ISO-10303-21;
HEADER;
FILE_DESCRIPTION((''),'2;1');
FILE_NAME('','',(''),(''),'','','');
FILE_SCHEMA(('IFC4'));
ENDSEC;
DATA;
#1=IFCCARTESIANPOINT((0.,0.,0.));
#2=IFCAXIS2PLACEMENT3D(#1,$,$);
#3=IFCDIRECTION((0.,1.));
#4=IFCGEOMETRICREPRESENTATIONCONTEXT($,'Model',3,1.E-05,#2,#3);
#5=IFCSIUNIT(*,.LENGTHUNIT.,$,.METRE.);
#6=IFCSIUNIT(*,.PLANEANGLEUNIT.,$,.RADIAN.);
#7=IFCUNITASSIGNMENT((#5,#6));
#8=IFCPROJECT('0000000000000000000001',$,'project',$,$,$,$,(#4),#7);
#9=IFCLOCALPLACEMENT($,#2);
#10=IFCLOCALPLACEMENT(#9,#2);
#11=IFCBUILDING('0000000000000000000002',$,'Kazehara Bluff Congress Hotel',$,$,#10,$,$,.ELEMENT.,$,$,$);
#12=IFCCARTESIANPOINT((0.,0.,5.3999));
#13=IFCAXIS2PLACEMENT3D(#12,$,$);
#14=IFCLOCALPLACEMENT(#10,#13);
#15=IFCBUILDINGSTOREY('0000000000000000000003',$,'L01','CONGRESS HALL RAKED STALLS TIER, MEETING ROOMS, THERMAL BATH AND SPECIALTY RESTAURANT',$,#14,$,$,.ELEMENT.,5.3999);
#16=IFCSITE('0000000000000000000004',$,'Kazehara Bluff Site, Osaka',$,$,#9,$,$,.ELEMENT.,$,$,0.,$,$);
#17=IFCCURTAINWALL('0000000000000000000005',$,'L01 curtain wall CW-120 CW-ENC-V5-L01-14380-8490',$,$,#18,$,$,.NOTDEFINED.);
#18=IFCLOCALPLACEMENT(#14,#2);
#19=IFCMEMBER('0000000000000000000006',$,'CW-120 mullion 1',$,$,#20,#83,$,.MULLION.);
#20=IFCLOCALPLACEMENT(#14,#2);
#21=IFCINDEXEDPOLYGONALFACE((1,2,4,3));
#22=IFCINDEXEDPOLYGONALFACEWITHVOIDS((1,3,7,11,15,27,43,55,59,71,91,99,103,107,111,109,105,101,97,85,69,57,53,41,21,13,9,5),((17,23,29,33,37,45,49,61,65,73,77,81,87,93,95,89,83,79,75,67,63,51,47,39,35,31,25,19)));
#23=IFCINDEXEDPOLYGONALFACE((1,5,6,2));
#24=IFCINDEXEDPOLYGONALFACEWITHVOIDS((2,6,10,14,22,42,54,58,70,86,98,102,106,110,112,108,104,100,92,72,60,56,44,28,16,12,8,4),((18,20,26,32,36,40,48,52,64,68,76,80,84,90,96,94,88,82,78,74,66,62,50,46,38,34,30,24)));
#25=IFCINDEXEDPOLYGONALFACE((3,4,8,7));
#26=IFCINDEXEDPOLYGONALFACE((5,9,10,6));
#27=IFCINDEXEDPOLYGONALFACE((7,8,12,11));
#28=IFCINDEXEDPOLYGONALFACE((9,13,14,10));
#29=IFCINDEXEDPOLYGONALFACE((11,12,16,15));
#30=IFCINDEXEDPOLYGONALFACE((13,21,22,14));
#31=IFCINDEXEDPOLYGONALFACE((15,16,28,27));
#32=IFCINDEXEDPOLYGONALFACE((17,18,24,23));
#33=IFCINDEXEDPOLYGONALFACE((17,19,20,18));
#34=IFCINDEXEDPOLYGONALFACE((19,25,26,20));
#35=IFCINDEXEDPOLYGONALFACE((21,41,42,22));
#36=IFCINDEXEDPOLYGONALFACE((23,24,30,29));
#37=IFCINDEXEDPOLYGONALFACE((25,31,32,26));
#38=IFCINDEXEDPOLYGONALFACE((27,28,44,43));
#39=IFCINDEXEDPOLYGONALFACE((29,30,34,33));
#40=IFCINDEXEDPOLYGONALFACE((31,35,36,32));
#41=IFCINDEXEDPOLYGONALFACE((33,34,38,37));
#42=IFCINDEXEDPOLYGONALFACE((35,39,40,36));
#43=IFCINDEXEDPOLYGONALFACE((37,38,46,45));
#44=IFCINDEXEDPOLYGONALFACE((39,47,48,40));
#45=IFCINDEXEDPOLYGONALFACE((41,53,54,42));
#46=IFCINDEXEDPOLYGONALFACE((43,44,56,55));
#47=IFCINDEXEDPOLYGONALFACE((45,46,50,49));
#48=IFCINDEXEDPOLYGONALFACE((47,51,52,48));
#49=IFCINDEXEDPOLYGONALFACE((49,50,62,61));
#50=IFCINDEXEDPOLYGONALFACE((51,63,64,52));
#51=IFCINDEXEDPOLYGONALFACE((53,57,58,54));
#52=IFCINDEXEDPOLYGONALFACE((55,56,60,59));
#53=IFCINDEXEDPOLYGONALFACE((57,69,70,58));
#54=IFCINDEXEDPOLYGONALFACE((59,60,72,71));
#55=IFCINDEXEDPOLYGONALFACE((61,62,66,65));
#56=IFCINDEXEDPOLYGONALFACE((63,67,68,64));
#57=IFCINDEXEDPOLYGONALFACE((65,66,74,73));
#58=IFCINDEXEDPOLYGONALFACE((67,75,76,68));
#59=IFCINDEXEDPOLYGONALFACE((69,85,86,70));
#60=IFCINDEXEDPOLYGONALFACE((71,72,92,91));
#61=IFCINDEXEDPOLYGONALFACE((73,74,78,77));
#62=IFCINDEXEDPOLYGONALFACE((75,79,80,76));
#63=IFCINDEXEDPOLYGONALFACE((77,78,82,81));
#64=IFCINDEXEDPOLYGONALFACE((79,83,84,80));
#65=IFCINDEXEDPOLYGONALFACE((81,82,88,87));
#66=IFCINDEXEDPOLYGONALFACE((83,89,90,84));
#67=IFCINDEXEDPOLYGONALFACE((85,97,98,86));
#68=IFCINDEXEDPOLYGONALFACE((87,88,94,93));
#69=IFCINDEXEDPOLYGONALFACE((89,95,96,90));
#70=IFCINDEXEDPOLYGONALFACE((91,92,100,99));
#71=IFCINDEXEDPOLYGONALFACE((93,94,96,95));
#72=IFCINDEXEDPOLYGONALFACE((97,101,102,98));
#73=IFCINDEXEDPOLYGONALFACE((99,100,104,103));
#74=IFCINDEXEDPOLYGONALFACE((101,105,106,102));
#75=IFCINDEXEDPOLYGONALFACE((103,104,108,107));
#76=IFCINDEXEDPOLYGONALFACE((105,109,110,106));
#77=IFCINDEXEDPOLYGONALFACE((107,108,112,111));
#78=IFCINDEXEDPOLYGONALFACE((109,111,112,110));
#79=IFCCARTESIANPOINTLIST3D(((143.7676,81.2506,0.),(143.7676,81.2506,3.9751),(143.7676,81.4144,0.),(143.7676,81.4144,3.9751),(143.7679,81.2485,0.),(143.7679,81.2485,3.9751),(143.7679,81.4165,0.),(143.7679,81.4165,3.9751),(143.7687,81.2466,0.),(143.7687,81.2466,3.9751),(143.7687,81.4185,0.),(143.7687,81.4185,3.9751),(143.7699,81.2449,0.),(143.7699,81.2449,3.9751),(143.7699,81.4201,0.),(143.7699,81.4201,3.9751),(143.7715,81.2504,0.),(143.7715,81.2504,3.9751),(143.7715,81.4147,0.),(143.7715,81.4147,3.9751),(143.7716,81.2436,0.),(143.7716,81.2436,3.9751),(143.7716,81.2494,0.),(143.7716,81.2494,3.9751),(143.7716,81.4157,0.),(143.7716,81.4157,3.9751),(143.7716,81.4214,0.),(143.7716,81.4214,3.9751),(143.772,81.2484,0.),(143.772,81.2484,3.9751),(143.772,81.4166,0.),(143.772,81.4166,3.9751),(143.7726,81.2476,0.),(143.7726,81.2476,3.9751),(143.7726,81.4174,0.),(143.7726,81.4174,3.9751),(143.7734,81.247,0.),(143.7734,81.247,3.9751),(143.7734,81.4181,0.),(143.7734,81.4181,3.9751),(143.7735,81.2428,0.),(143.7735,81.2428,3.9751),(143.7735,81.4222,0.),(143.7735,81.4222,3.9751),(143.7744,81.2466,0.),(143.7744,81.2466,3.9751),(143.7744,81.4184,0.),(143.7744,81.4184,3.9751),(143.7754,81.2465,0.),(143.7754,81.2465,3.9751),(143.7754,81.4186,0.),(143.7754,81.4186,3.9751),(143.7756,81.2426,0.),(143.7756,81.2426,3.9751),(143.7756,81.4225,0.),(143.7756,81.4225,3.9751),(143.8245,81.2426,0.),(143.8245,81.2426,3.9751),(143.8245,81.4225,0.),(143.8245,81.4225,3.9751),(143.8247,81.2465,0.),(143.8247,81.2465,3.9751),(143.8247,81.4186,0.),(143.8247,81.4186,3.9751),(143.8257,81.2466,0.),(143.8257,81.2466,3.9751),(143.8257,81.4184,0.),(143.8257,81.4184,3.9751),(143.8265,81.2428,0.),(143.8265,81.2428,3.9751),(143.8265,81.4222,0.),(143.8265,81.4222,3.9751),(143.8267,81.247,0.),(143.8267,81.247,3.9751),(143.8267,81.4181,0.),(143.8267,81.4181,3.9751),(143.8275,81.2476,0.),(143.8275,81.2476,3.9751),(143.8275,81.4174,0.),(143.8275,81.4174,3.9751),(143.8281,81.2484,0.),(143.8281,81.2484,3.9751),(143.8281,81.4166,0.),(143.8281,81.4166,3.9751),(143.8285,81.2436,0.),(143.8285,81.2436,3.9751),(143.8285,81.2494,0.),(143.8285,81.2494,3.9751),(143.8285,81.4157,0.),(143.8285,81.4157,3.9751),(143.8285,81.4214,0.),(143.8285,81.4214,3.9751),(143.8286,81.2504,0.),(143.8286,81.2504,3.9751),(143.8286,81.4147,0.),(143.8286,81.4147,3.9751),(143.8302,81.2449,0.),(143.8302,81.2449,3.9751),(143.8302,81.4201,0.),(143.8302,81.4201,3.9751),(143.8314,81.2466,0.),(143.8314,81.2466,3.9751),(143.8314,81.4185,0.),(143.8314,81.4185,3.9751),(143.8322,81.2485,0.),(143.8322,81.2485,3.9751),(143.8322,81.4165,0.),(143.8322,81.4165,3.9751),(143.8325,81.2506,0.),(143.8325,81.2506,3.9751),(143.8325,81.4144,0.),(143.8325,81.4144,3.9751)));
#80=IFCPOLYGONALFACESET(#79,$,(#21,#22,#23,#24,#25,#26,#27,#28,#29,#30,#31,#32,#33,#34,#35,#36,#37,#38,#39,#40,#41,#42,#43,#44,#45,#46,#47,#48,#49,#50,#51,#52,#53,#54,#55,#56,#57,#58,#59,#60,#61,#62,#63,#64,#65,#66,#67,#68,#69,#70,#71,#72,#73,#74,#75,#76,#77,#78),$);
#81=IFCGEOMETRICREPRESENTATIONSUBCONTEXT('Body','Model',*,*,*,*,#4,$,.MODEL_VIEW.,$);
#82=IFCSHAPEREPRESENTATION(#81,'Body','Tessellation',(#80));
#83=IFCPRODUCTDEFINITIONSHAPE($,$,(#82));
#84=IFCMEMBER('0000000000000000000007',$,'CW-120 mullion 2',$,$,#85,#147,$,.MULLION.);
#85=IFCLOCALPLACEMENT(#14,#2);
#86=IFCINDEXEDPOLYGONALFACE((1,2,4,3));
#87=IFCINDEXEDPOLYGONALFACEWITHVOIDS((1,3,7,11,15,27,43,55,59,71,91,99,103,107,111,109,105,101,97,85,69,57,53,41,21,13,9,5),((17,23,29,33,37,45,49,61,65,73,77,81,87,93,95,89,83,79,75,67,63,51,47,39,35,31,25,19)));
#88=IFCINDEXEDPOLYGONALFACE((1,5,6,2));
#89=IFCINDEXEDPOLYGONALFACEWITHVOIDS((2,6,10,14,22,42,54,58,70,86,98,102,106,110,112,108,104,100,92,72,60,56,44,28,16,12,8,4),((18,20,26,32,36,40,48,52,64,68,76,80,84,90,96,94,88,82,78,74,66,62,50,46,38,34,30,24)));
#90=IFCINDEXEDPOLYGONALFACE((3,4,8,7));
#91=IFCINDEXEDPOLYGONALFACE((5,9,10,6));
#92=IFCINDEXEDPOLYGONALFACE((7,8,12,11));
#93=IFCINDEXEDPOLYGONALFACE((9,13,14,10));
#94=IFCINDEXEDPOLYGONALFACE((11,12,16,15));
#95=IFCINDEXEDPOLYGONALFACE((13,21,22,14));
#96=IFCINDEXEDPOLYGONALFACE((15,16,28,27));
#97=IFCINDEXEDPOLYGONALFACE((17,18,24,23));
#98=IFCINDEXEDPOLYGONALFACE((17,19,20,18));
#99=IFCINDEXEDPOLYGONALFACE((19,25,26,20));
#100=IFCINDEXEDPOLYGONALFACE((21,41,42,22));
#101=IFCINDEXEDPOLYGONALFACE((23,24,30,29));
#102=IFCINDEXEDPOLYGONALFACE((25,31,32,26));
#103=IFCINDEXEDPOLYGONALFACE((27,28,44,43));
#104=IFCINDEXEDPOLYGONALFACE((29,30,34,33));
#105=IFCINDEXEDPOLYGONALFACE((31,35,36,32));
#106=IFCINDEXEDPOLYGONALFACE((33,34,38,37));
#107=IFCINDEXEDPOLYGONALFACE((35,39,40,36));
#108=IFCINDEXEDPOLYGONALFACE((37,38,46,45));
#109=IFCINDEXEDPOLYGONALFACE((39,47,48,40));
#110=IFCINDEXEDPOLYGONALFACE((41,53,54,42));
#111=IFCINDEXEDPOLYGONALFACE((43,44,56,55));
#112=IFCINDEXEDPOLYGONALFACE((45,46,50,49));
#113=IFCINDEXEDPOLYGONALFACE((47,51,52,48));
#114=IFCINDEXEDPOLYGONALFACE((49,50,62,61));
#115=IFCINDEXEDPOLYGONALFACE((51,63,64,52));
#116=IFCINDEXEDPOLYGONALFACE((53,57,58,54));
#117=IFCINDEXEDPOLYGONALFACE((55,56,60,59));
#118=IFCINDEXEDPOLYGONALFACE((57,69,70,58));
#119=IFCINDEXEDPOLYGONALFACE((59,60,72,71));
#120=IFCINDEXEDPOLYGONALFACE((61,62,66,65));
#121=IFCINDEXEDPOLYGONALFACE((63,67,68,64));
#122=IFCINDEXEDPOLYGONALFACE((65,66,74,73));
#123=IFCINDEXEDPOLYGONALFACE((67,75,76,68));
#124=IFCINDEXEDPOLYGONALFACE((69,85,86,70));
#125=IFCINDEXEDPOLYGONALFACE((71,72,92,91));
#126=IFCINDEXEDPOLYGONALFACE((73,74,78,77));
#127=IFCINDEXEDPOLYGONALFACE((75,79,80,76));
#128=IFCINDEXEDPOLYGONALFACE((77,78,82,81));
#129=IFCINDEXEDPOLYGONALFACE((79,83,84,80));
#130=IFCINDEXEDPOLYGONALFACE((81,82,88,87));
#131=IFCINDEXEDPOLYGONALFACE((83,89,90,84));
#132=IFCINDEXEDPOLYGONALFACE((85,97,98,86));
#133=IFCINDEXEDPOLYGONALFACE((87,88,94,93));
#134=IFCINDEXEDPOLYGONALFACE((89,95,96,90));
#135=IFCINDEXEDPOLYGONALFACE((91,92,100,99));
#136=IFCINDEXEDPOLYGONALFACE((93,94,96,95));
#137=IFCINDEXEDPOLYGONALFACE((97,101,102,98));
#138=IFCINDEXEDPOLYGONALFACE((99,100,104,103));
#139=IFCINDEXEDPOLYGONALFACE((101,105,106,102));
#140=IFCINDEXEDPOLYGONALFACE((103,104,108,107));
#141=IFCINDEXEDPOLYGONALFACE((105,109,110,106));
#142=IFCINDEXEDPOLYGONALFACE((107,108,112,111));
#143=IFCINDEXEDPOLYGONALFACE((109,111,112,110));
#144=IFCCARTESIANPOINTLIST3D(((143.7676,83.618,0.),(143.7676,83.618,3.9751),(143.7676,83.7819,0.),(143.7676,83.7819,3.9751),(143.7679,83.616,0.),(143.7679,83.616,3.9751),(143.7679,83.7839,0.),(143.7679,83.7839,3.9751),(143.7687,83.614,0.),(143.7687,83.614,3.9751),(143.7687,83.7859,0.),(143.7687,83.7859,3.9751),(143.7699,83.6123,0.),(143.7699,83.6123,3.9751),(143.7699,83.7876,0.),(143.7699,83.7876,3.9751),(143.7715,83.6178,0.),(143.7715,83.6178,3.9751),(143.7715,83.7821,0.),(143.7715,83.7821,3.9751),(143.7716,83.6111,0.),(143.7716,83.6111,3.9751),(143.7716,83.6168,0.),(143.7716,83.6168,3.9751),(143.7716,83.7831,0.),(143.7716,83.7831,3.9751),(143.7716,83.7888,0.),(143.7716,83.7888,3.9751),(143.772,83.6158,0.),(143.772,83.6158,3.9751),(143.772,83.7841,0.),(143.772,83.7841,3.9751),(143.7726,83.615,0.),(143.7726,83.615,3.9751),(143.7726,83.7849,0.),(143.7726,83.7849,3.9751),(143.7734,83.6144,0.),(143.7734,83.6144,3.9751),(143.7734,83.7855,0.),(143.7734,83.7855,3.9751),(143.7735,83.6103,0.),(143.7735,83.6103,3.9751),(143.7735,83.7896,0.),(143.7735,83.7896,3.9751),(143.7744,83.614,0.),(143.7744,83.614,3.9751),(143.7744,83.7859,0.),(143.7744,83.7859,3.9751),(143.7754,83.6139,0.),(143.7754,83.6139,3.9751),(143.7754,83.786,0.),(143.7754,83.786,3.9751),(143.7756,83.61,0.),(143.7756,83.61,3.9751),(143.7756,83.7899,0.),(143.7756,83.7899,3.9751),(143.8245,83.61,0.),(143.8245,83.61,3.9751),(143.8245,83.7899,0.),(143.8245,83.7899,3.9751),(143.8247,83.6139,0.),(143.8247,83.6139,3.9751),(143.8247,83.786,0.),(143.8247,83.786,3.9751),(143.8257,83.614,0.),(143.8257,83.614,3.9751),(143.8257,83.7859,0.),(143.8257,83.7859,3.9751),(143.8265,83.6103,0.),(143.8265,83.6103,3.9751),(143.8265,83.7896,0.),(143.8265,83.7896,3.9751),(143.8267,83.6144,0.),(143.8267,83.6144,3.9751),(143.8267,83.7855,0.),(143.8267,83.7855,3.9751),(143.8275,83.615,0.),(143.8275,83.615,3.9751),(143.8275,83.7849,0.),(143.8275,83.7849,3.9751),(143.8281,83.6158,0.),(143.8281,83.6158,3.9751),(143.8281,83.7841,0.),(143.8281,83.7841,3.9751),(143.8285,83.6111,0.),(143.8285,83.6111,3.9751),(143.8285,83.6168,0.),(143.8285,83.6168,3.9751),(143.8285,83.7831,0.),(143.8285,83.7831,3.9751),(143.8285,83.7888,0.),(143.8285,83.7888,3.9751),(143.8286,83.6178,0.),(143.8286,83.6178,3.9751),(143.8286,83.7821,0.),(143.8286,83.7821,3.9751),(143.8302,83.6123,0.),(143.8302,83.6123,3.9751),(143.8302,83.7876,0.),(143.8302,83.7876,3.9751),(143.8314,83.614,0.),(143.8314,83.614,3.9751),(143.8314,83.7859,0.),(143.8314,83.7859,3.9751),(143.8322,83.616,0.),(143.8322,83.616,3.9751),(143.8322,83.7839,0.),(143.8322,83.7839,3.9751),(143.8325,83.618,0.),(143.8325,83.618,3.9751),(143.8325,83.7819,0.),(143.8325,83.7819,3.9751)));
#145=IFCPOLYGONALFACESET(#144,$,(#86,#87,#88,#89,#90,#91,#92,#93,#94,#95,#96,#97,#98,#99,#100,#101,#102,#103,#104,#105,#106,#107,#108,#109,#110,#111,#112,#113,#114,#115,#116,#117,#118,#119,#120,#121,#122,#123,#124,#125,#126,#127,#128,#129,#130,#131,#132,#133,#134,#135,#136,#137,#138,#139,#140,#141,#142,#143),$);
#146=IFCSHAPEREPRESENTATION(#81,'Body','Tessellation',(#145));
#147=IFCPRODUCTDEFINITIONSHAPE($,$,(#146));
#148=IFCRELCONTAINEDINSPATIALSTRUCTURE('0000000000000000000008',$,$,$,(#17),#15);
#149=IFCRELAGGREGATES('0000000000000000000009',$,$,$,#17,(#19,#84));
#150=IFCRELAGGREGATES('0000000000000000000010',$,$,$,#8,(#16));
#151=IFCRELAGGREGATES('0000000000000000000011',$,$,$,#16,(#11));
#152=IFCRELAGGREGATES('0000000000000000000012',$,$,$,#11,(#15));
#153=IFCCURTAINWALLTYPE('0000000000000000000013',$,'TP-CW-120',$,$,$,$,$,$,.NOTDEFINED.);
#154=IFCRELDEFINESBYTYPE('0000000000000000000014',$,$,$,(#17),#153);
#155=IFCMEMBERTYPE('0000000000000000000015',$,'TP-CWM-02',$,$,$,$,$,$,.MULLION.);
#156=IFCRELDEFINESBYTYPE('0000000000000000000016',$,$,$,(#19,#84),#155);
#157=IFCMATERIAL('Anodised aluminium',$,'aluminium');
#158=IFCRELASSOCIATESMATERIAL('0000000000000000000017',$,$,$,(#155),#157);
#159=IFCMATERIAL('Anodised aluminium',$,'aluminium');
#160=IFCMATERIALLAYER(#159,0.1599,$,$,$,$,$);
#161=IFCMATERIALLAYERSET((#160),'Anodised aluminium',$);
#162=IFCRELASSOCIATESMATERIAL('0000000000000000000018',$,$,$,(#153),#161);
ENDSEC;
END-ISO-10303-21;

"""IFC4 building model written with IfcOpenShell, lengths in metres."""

from ifc_helpers import new_model, si_unit, direction, frame, origin, origin_2d, place, context, subcontext, project, spatial, hollow_rectangle, extrude, material, layer, layer_set, material_profile, profile_set, type_object, element, aggregate, save


model = new_model("IFC4")

# Units and contexts
model_context = context("Model", 3, precision=1e-05, world=origin(), true_north=direction((0.0, 1.0)))
body_context = subcontext(model_context, "Body", "Model", "MODEL_VIEW")
ifc_project = project(units=[si_unit("LENGTHUNIT", "METRE"), si_unit("PLANEANGLEUNIT", "RADIAN")], contexts=[model_context])

# Site, building, storey
site_placement = place(None, origin())
site = spatial("IfcSite", under=ifc_project, at=site_placement, Name="Kazehara Bluff Site, Osaka", CompositionType="ELEMENT", RefElevation=0.0)
building_placement = place(site_placement, origin())
building = spatial("IfcBuilding", under=site, at=building_placement, Name="Kazehara Bluff Congress Hotel", CompositionType="ELEMENT")
storey_placement = place(building_placement, frame((0.0, 0.0, 5.3999)))
storey = spatial("IfcBuildingStorey", under=building, at=storey_placement, Name="L01", Description="CONGRESS HALL RAKED STALLS TIER, MEETING ROOMS, THERMAL BATH AND SPECIALTY RESTAURANT", CompositionType="ELEMENT", Elevation=5.3999)

# Curtain wall, members
ifc_material_1 = material(Name="Anodised aluminium", Category="aluminium")
ifc_material_profile_1 = material_profile(ifc_material_1, hollow_rectangle(XDim=0.0649, YDim=0.1799, WallThickness=0.0039, InnerFilletRadius=0.0039, OuterFilletRadius=0.0081, at=origin_2d()))
ifc_profile_set_1 = profile_set([ifc_material_profile_1], Name="Anodised aluminium")
member_type_1 = type_object("IfcMemberType", Name="TP-CWM-02", PredefinedType="MULLION", material=ifc_profile_set_1)
ifc_material_2 = material(Name="Anodised aluminium", Category="aluminium")
ifc_layer_1 = layer(ifc_material_2, 0.1599)
ifc_layer_set_1 = layer_set([ifc_layer_1], Name="Anodised aluminium")
curtain_wall_type_1 = type_object("IfcCurtainWallType", Name="TP-CW-120", PredefinedType="NOTDEFINED", material=ifc_layer_set_1)
curtain_wall_1_placement = place(storey_placement, origin())
curtain_wall_1 = element("IfcCurtainWall", 1, at=curtain_wall_1_placement, inside=storey, type_object=curtain_wall_type_1, Name="L01 curtain wall CW-120 CW-ENC-V5-L01-14380-8490", PredefinedType="NOTDEFINED")
member_1_placement = place(storey_placement, frame((143.8, 81.3325, 0.0), z_axis=(0.0, 0.0, 1.0), x_axis=(-1.0, 0.0, 0.0)))
member_1 = element("IfcMember", 2, at=member_1_placement, type_object=member_type_1, Name="CW-120 mullion 1", PredefinedType="MULLION", context=body_context, shape_type="SweptSolid", body=[
    extrude(hollow_rectangle(XDim=0.0649, YDim=0.1799, WallThickness=0.0039, InnerFilletRadius=0.0039, OuterFilletRadius=0.0081, at=origin_2d()), origin(), (0.0, 0.0, 1.0), 3.9751),
])
member_2_placement = place(storey_placement, frame((143.8, 83.7, 0.0), z_axis=(0.0, 0.0, 1.0), x_axis=(-1.0, 0.0, 0.0)))
member_2 = element("IfcMember", 3, at=member_2_placement, type_object=member_type_1, Name="CW-120 mullion 2", PredefinedType="MULLION", context=body_context, shape_type="SweptSolid", body=[
    extrude(hollow_rectangle(XDim=0.0649, YDim=0.1799, WallThickness=0.0039, InnerFilletRadius=0.0039, OuterFilletRadius=0.0081, at=origin_2d()), origin(), (0.0, 0.0, 1.0), 3.9751),
])

aggregate(curtain_wall_1, [member_1, member_2])

save(model, "model.ifc")
